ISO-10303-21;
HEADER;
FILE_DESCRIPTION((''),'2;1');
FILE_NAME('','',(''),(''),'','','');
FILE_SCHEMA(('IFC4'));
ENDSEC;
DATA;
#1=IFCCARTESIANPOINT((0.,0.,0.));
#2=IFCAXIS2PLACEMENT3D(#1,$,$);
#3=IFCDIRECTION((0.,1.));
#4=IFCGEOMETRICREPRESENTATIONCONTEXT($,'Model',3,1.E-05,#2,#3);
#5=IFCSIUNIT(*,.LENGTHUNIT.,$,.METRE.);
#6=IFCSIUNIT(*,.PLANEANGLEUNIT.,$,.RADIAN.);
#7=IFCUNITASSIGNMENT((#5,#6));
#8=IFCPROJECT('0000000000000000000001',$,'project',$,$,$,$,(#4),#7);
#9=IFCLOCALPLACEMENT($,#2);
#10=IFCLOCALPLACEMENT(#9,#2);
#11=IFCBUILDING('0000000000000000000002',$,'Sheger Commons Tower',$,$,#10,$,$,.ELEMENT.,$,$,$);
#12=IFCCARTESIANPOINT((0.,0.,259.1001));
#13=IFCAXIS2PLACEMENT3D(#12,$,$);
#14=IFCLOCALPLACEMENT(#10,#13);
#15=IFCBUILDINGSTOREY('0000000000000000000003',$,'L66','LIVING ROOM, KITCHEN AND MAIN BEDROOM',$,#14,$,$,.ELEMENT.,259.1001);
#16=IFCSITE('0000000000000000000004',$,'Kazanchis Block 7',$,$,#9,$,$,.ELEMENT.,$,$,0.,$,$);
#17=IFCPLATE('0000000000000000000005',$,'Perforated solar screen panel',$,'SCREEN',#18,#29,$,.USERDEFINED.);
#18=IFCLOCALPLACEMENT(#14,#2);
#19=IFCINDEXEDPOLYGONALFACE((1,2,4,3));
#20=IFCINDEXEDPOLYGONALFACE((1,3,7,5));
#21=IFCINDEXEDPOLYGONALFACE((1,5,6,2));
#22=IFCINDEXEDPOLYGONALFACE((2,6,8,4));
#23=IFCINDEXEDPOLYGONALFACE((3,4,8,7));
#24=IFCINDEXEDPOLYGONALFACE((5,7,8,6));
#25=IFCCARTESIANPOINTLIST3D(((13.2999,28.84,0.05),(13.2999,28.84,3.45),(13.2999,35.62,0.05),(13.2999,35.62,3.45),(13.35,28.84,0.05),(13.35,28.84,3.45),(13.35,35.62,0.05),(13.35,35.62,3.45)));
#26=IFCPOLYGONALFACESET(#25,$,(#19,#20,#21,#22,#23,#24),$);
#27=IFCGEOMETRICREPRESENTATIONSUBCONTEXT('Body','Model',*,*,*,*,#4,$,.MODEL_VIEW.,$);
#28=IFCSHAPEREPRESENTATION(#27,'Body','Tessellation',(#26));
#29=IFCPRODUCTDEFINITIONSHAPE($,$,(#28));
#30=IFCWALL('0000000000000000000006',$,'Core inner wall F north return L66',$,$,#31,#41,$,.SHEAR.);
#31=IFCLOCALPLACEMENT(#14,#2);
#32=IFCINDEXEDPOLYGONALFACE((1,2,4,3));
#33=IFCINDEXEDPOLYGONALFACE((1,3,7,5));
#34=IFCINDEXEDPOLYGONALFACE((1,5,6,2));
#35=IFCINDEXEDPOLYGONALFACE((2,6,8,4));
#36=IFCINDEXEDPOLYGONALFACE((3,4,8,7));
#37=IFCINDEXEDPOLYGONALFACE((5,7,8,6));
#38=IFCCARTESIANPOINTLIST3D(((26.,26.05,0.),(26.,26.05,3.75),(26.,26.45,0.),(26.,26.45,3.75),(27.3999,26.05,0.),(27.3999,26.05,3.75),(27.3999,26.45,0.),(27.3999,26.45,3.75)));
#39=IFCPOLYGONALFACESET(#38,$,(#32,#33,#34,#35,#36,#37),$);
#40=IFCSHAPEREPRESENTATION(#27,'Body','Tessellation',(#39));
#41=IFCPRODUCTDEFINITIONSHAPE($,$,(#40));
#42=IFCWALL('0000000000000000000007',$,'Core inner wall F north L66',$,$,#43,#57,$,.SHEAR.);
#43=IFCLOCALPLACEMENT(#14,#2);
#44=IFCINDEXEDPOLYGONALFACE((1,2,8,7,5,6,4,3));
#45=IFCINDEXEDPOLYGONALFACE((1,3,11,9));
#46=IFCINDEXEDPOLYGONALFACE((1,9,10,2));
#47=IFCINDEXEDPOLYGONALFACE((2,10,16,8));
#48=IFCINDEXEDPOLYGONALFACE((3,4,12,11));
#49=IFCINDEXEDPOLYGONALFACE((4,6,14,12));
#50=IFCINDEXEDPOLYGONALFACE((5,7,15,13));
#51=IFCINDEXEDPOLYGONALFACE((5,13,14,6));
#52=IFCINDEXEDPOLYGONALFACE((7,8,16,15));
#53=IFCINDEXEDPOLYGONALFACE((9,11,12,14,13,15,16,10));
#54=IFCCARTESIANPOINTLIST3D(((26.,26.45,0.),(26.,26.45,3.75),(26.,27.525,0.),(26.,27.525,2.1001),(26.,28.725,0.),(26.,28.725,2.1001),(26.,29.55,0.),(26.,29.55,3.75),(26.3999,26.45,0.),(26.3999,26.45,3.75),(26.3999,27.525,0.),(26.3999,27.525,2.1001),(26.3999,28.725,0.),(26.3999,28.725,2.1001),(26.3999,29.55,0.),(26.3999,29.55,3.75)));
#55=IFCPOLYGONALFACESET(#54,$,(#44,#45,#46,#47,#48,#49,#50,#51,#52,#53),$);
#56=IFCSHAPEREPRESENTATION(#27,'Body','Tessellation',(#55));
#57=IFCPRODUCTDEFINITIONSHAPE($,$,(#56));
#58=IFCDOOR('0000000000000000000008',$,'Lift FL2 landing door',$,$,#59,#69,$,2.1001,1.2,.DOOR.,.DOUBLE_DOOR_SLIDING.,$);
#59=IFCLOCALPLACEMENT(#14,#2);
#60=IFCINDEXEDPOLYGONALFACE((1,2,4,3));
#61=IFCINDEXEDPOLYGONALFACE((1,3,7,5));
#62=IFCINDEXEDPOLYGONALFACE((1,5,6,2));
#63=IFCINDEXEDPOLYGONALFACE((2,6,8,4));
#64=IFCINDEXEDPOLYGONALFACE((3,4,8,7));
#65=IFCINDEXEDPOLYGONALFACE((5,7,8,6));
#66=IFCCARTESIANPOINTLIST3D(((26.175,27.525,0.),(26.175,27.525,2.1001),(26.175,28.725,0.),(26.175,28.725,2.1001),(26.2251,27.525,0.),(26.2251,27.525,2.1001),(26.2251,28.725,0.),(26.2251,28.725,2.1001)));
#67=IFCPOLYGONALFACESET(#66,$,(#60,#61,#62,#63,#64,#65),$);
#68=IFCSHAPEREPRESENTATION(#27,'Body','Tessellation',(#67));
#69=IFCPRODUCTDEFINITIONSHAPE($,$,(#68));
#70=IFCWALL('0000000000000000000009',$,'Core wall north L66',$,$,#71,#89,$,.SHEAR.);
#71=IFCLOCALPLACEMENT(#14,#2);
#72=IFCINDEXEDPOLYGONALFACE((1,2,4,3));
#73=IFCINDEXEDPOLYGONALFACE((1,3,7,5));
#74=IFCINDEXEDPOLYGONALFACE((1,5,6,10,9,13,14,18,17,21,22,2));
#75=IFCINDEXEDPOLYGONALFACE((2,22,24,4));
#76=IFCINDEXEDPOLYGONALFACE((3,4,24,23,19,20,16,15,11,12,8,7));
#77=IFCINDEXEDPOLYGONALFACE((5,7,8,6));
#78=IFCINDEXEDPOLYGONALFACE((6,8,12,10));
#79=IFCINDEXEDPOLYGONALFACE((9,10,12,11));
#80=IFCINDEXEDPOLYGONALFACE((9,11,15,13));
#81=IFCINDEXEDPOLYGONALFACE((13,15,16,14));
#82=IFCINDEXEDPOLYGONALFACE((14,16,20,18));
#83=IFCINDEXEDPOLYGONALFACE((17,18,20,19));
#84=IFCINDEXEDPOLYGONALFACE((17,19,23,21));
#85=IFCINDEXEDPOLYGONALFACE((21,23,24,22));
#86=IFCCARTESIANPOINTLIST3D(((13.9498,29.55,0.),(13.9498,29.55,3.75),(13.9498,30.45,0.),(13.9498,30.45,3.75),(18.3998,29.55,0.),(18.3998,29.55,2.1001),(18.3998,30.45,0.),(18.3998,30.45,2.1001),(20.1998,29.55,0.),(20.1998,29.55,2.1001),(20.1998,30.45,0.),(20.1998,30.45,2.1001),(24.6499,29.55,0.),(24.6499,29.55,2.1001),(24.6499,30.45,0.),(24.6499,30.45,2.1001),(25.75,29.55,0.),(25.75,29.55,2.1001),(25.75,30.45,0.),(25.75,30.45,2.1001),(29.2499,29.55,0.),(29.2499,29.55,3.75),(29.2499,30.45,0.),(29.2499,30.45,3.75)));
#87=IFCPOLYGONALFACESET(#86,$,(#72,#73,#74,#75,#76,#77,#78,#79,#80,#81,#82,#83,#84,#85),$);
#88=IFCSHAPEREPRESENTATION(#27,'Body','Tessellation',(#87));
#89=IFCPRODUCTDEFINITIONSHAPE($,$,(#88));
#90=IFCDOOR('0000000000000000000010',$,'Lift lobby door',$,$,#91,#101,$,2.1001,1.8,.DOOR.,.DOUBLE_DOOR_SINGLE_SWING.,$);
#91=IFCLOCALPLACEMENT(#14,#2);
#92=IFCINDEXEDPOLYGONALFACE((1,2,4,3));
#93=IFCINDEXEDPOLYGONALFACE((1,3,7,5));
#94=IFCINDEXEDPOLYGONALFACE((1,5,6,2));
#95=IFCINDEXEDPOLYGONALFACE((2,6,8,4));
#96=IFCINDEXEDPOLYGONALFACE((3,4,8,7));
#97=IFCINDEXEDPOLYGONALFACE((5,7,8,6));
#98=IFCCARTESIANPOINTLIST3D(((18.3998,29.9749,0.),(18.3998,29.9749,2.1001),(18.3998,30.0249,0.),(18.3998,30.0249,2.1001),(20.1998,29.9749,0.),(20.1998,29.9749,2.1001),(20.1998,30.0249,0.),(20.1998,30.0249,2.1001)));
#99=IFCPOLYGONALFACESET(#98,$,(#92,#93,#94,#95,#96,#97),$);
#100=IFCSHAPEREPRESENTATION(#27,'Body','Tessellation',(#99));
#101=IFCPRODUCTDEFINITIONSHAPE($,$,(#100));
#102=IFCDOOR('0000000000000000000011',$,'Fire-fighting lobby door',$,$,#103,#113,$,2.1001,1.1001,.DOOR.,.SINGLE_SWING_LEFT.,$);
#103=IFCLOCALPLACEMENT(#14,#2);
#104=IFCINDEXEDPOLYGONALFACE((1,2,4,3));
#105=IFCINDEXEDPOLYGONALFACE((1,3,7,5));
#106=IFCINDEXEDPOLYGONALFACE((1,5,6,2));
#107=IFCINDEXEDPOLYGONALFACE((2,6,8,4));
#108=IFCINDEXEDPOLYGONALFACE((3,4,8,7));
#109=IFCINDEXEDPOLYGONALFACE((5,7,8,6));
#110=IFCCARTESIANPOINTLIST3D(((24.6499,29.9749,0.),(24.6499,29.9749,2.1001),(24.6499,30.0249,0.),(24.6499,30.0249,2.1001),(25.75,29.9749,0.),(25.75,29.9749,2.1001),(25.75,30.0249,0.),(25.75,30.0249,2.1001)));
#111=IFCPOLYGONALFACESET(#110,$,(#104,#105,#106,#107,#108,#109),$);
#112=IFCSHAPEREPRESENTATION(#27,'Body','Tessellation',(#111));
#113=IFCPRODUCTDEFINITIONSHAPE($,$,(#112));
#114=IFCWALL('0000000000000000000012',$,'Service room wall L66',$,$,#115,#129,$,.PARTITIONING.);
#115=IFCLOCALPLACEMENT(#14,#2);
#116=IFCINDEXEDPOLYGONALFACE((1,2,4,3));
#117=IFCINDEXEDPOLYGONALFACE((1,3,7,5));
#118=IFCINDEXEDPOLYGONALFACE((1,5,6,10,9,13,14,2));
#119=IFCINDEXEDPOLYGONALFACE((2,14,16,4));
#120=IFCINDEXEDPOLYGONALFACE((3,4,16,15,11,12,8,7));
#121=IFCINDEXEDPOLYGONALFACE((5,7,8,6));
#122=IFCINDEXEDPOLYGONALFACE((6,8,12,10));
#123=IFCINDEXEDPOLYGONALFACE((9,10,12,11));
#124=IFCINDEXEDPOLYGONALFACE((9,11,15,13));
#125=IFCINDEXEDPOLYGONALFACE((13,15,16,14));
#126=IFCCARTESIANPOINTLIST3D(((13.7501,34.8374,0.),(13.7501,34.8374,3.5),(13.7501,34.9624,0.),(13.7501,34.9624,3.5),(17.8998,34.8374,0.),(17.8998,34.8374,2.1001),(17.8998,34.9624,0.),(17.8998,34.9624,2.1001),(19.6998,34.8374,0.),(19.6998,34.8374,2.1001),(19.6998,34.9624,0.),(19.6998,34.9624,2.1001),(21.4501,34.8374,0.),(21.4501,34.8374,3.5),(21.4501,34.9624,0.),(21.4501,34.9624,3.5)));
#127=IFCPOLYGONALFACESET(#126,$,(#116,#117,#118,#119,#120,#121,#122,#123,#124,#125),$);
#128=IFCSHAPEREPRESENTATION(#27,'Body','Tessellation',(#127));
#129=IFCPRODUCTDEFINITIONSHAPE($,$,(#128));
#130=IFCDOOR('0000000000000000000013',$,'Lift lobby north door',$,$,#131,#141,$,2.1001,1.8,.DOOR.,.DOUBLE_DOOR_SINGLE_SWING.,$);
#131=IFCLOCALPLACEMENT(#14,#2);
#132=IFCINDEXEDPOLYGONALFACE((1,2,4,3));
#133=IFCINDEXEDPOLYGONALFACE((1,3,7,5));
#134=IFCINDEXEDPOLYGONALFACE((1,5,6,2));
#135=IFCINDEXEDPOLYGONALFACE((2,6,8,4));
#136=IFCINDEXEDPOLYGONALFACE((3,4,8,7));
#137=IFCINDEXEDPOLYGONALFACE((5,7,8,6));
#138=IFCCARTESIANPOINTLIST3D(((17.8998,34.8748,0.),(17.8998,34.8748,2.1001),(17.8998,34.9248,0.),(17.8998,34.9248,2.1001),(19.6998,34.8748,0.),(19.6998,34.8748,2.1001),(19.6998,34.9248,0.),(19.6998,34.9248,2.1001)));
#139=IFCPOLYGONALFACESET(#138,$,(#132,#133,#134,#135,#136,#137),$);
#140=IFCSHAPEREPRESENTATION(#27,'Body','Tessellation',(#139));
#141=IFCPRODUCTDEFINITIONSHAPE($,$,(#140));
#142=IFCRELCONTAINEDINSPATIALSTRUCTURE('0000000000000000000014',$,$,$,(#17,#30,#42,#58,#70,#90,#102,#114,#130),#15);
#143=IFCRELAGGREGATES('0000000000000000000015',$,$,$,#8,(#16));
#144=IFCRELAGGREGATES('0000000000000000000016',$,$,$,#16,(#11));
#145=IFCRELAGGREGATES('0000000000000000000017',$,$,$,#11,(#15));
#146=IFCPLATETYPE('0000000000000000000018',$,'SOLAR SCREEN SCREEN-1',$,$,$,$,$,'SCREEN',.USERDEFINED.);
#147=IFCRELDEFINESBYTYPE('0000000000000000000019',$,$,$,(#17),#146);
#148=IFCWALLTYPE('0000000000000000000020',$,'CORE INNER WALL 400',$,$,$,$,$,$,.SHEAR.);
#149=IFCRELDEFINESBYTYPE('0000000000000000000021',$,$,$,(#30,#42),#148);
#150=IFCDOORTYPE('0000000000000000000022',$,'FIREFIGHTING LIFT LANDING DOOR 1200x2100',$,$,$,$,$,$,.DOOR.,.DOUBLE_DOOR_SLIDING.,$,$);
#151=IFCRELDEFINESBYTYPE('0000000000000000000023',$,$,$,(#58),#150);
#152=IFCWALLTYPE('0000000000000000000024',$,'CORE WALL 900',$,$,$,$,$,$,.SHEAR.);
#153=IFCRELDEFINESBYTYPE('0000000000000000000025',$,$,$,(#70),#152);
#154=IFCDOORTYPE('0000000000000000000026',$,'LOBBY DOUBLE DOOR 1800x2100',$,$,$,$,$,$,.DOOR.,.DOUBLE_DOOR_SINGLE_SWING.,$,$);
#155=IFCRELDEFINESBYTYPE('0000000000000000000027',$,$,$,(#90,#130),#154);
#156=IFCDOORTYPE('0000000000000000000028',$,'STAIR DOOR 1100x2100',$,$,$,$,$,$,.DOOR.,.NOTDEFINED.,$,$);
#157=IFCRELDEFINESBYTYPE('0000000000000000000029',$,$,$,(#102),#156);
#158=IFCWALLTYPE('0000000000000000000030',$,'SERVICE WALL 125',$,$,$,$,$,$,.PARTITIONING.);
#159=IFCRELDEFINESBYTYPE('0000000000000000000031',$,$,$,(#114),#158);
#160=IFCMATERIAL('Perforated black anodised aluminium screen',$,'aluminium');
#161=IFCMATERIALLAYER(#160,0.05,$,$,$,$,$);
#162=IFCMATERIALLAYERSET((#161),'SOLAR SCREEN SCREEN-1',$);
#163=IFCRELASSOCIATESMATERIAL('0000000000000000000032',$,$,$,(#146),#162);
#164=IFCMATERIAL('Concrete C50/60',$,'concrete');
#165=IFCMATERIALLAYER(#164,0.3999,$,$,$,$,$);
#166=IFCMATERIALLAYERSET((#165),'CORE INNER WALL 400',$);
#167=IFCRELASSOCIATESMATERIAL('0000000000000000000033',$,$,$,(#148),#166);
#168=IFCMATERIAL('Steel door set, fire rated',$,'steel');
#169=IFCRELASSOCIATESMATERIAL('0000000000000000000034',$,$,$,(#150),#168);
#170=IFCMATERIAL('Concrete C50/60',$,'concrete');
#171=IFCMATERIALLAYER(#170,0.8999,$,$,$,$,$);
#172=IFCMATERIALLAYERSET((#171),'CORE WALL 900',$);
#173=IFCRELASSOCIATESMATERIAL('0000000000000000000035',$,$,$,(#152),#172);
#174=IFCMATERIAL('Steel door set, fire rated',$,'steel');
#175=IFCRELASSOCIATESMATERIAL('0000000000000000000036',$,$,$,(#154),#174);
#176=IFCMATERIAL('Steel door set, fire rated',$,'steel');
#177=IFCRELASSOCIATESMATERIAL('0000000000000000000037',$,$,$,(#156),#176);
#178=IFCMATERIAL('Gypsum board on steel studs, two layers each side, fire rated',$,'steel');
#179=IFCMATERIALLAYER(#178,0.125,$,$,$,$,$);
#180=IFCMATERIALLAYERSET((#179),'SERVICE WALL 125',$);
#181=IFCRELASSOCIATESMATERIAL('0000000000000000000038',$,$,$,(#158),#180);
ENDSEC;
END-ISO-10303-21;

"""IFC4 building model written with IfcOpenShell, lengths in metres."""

from ifc_helpers import new_model, si_unit, direction, frame, frame_2d, origin, origin_2d, place, context, subcontext, project, spatial, rectangle, extrude, material, layer, layer_set, type_object, element, fill, save


model = new_model("IFC4")

# Units and contexts
model_context = context("Model", 3, precision=1e-05, world=origin(), true_north=direction((0.0, 1.0)))
body_context = subcontext(model_context, "Body", "Model", "MODEL_VIEW")
ifc_project = project(units=[si_unit("LENGTHUNIT", "METRE"), si_unit("PLANEANGLEUNIT", "RADIAN")], contexts=[model_context])

# Site, building, storey
site_placement = place(None, origin())
site = spatial("IfcSite", under=ifc_project, at=site_placement, Name="Kazanchis Block 7", CompositionType="ELEMENT", RefElevation=0.0)
building_placement = place(site_placement, origin())
building = spatial("IfcBuilding", under=site, at=building_placement, Name="Sheger Commons Tower", CompositionType="ELEMENT")
storey_placement = place(building_placement, frame((0.0, 0.0, 259.1001)))
storey = spatial("IfcBuildingStorey", under=building, at=storey_placement, Name="L66", Description="LIVING ROOM, KITCHEN AND MAIN BEDROOM", CompositionType="ELEMENT", Elevation=259.1001)

# Plate
ifc_material_1 = material(Name="Perforated black anodised aluminium screen", Category="aluminium")
ifc_layer_1 = layer(ifc_material_1, 0.05)
ifc_layer_set_1 = layer_set([ifc_layer_1], Name="SOLAR SCREEN SCREEN-1")
plate_type = type_object("IfcPlateType", Name="SOLAR SCREEN SCREEN-1", ElementType="SCREEN", PredefinedType="USERDEFINED", material=ifc_layer_set_1)
plate_placement = place(storey_placement, frame((13.325, 32.23, 0.05), z_axis=(0.0, 0.0, 1.0), x_axis=(0.0, -1.0, 0.0)))
element("IfcPlate", 1, at=plate_placement, inside=storey, type_object=plate_type, Name="Perforated solar screen panel", ObjectType="SCREEN", PredefinedType="USERDEFINED", context=body_context, shape_type="SweptSolid", body=[
    extrude(rectangle(XDim=6.78, YDim=0.05, at=origin_2d()), origin(), (0.0, 0.0, 1.0), 3.3999),
])

# Wall
ifc_material_2 = material(Name="Concrete C50/60", Category="concrete")
ifc_layer_2 = layer(ifc_material_2, 0.3999)
ifc_layer_set_2 = layer_set([ifc_layer_2], Name="CORE INNER WALL 400")
wall_type_1 = type_object("IfcWallType", Name="CORE INNER WALL 400", PredefinedType="SHEAR", material=ifc_layer_set_2)
wall_1_placement = place(storey_placement, frame((26.0, 26.25, 0.0), z_axis=(0.0, 0.0, 1.0), x_axis=(1.0, 0.0, 0.0)))
element("IfcWall", 2, at=wall_1_placement, inside=storey, type_object=wall_type_1, Name="Core inner wall F north return L66", PredefinedType="SHEAR", context=body_context, shape_type="SweptSolid", body=[
    extrude(rectangle(XDim=1.3999, YDim=0.3999, at=frame_2d((0.7, 0.0))), origin(), (0.0, 0.0, 1.0), 3.75),
])

# Wall, opening, door
wall_2_placement = place(storey_placement, frame((26.2, 26.45, 0.0), z_axis=(0.0, 0.0, 1.0), x_axis=(0.0, 1.0, 0.0)))
wall_2 = element("IfcWall", 3, at=wall_2_placement, inside=storey, type_object=wall_type_1, Name="Core inner wall F north L66", PredefinedType="SHEAR", context=body_context, shape_type="SweptSolid", body=[
    extrude(rectangle(XDim=3.1001, YDim=0.3999, at=frame_2d((1.55, 0.0))), origin(), (0.0, 0.0, 1.0), 3.75),
])
opening_1_placement = place(wall_2_placement, frame((1.075, 0.0, 0.0)))
opening_1 = element("IfcOpeningElement", 4, at=opening_1_placement, cuts=wall_2, PredefinedType="OPENING", context=body_context, shape_type="SweptSolid", body=[
    extrude(rectangle(XDim=1.2, YDim=2.1001, at=frame_2d((0.6001, 1.05))), frame((0.0, 0.21, 0.0), z_axis=(0.0, -1.0, 0.0), x_axis=(1.0, 0.0, 0.0)), (0.0, 0.0, 1.0), 0.4199),
])
ifc_material_3 = material(Name="Steel door set, fire rated", Category="steel")
door_type_1 = type_object("IfcDoorType", Name="FIREFIGHTING LIFT LANDING DOOR 1200x2100", OperationType="DOUBLE_DOOR_SLIDING", PredefinedType="DOOR", material=ifc_material_3)
door_1_placement = place(opening_1_placement, origin())
door_1 = element("IfcDoor", 5, at=door_1_placement, inside=storey, type_object=door_type_1, Name="Lift FL2 landing door", OperationType="DOUBLE_DOOR_SLIDING", OverallHeight=2.1001, OverallWidth=1.2, PredefinedType="DOOR", context=body_context, shape_type="SweptSolid", body=[
    extrude(rectangle(XDim=1.2, YDim=2.1001, at=frame_2d((0.6001, 1.05))), frame((0.0, 0.0249, 0.0), z_axis=(0.0, -1.0, 0.0), x_axis=(1.0, 0.0, 0.0)), (0.0, 0.0, 1.0), 0.05),
])
fill(opening_1, door_1)

# Wall, openings, doors
ifc_material_4 = material(Name="Concrete C50/60", Category="concrete")
ifc_layer_3 = layer(ifc_material_4, 0.8999)
ifc_layer_set_3 = layer_set([ifc_layer_3], Name="CORE WALL 900")
wall_type_2 = type_object("IfcWallType", Name="CORE WALL 900", PredefinedType="SHEAR", material=ifc_layer_set_3)
wall_3_placement = place(storey_placement, frame((13.95, 30.0, 0.0), z_axis=(0.0, 0.0, 1.0), x_axis=(1.0, 0.0, 0.0)))
wall_3 = element("IfcWall", 6, at=wall_3_placement, inside=storey, type_object=wall_type_2, Name="Core wall north L66", PredefinedType="SHEAR", context=body_context, shape_type="SweptSolid", body=[
    extrude(rectangle(XDim=15.3, YDim=0.8999, at=frame_2d((7.6499, 0.0))), origin(), (0.0, 0.0, 1.0), 3.75),
])
opening_2_placement = place(wall_3_placement, frame((4.45, 0.0, 0.0)))
opening_2 = element("IfcOpeningElement", 7, at=opening_2_placement, cuts=wall_3, PredefinedType="OPENING", context=body_context, shape_type="SweptSolid", body=[
    extrude(rectangle(XDim=1.8, YDim=2.1001, at=frame_2d((0.8999, 1.05))), frame((0.0, 0.46, 0.0), z_axis=(0.0, -1.0, 0.0), x_axis=(1.0, 0.0, 0.0)), (0.0, 0.0, 1.0), 0.9199),
])
opening_3_placement = place(wall_3_placement, frame((10.7, 0.0, 0.0)))
opening_3 = element("IfcOpeningElement", 8, at=opening_3_placement, cuts=wall_3, PredefinedType="OPENING", context=body_context, shape_type="SweptSolid", body=[
    extrude(rectangle(XDim=1.1001, YDim=2.1001, at=frame_2d((0.55, 1.05))), frame((0.0, 0.46, 0.0), z_axis=(0.0, -1.0, 0.0), x_axis=(1.0, 0.0, 0.0)), (0.0, 0.0, 1.0), 0.9199),
])
ifc_material_5 = material(Name="Steel door set, fire rated", Category="steel")
door_type_2 = type_object("IfcDoorType", Name="LOBBY DOUBLE DOOR 1800x2100", OperationType="DOUBLE_DOOR_SINGLE_SWING", PredefinedType="DOOR", material=ifc_material_5)
door_2_placement = place(opening_2_placement, origin())
door_2 = element("IfcDoor", 9, at=door_2_placement, inside=storey, type_object=door_type_2, Name="Lift lobby door", OperationType="DOUBLE_DOOR_SINGLE_SWING", OverallHeight=2.1001, OverallWidth=1.8, PredefinedType="DOOR", context=body_context, shape_type="SweptSolid", body=[
    extrude(rectangle(XDim=1.8, YDim=2.1001, at=frame_2d((0.8999, 1.05))), frame((0.0, 0.0249, 0.0), z_axis=(0.0, -1.0, 0.0), x_axis=(1.0, 0.0, 0.0)), (0.0, 0.0, 1.0), 0.05),
])
fill(opening_2, door_2)
ifc_material_6 = material(Name="Steel door set, fire rated", Category="steel")
door_type_3 = type_object("IfcDoorType", Name="STAIR DOOR 1100x2100", OperationType="NOTDEFINED", PredefinedType="DOOR", material=ifc_material_6)
door_3_placement = place(opening_3_placement, origin())
door_3 = element("IfcDoor", 10, at=door_3_placement, inside=storey, type_object=door_type_3, Name="Fire-fighting lobby door", OperationType="SINGLE_SWING_LEFT", OverallHeight=2.1001, OverallWidth=1.1001, PredefinedType="DOOR", context=body_context, shape_type="SweptSolid", body=[
    extrude(rectangle(XDim=1.1001, YDim=2.1001, at=frame_2d((0.55, 1.05))), frame((0.0, 0.0249, 0.0), z_axis=(0.0, -1.0, 0.0), x_axis=(1.0, 0.0, 0.0)), (0.0, 0.0, 1.0), 0.05),
])
fill(opening_3, door_3)

# Wall, opening, door
ifc_material_7 = material(Name="Gypsum board on steel studs, two layers each side, fire rated", Category="steel")
ifc_layer_4 = layer(ifc_material_7, 0.125)
ifc_layer_set_4 = layer_set([ifc_layer_4], Name="SERVICE WALL 125")
wall_type_3 = type_object("IfcWallType", Name="SERVICE WALL 125", PredefinedType="PARTITIONING", material=ifc_layer_set_4)
wall_4_placement = place(storey_placement, frame((13.75, 34.8999, 0.0), z_axis=(0.0, 0.0, 1.0), x_axis=(1.0, 0.0, 0.0)))
wall_4 = element("IfcWall", 11, at=wall_4_placement, inside=storey, type_object=wall_type_3, Name="Service room wall L66", PredefinedType="PARTITIONING", context=body_context, shape_type="SweptSolid", body=[
    extrude(rectangle(XDim=7.7, YDim=0.125, at=frame_2d((3.8501, 0.0))), origin(), (0.0, 0.0, 1.0), 3.5),
])
opening_4_placement = place(wall_4_placement, frame((4.1499, 0.0, 0.0)))
opening_4 = element("IfcOpeningElement", 12, at=opening_4_placement, cuts=wall_4, PredefinedType="OPENING", context=body_context, shape_type="SweptSolid", body=[
    extrude(rectangle(XDim=1.8, YDim=2.1001, at=frame_2d((0.8999, 1.05))), frame((0.0, 0.0725, 0.0), z_axis=(0.0, -1.0, 0.0), x_axis=(1.0, 0.0, 0.0)), (0.0, 0.0, 1.0), 0.145),
])
door_4_placement = place(opening_4_placement, origin())
door_4 = element("IfcDoor", 13, at=door_4_placement, inside=storey, type_object=door_type_2, Name="Lift lobby north door", OperationType="DOUBLE_DOOR_SINGLE_SWING", OverallHeight=2.1001, OverallWidth=1.8, PredefinedType="DOOR", context=body_context, shape_type="SweptSolid", body=[
    extrude(rectangle(XDim=1.8, YDim=2.1001, at=frame_2d((0.8999, 1.05))), frame((0.0, 0.0249, 0.0), z_axis=(0.0, -1.0, 0.0), x_axis=(1.0, 0.0, 0.0)), (0.0, 0.0, 1.0), 0.05),
])
fill(opening_4, door_4)

save(model, "model.ifc")
